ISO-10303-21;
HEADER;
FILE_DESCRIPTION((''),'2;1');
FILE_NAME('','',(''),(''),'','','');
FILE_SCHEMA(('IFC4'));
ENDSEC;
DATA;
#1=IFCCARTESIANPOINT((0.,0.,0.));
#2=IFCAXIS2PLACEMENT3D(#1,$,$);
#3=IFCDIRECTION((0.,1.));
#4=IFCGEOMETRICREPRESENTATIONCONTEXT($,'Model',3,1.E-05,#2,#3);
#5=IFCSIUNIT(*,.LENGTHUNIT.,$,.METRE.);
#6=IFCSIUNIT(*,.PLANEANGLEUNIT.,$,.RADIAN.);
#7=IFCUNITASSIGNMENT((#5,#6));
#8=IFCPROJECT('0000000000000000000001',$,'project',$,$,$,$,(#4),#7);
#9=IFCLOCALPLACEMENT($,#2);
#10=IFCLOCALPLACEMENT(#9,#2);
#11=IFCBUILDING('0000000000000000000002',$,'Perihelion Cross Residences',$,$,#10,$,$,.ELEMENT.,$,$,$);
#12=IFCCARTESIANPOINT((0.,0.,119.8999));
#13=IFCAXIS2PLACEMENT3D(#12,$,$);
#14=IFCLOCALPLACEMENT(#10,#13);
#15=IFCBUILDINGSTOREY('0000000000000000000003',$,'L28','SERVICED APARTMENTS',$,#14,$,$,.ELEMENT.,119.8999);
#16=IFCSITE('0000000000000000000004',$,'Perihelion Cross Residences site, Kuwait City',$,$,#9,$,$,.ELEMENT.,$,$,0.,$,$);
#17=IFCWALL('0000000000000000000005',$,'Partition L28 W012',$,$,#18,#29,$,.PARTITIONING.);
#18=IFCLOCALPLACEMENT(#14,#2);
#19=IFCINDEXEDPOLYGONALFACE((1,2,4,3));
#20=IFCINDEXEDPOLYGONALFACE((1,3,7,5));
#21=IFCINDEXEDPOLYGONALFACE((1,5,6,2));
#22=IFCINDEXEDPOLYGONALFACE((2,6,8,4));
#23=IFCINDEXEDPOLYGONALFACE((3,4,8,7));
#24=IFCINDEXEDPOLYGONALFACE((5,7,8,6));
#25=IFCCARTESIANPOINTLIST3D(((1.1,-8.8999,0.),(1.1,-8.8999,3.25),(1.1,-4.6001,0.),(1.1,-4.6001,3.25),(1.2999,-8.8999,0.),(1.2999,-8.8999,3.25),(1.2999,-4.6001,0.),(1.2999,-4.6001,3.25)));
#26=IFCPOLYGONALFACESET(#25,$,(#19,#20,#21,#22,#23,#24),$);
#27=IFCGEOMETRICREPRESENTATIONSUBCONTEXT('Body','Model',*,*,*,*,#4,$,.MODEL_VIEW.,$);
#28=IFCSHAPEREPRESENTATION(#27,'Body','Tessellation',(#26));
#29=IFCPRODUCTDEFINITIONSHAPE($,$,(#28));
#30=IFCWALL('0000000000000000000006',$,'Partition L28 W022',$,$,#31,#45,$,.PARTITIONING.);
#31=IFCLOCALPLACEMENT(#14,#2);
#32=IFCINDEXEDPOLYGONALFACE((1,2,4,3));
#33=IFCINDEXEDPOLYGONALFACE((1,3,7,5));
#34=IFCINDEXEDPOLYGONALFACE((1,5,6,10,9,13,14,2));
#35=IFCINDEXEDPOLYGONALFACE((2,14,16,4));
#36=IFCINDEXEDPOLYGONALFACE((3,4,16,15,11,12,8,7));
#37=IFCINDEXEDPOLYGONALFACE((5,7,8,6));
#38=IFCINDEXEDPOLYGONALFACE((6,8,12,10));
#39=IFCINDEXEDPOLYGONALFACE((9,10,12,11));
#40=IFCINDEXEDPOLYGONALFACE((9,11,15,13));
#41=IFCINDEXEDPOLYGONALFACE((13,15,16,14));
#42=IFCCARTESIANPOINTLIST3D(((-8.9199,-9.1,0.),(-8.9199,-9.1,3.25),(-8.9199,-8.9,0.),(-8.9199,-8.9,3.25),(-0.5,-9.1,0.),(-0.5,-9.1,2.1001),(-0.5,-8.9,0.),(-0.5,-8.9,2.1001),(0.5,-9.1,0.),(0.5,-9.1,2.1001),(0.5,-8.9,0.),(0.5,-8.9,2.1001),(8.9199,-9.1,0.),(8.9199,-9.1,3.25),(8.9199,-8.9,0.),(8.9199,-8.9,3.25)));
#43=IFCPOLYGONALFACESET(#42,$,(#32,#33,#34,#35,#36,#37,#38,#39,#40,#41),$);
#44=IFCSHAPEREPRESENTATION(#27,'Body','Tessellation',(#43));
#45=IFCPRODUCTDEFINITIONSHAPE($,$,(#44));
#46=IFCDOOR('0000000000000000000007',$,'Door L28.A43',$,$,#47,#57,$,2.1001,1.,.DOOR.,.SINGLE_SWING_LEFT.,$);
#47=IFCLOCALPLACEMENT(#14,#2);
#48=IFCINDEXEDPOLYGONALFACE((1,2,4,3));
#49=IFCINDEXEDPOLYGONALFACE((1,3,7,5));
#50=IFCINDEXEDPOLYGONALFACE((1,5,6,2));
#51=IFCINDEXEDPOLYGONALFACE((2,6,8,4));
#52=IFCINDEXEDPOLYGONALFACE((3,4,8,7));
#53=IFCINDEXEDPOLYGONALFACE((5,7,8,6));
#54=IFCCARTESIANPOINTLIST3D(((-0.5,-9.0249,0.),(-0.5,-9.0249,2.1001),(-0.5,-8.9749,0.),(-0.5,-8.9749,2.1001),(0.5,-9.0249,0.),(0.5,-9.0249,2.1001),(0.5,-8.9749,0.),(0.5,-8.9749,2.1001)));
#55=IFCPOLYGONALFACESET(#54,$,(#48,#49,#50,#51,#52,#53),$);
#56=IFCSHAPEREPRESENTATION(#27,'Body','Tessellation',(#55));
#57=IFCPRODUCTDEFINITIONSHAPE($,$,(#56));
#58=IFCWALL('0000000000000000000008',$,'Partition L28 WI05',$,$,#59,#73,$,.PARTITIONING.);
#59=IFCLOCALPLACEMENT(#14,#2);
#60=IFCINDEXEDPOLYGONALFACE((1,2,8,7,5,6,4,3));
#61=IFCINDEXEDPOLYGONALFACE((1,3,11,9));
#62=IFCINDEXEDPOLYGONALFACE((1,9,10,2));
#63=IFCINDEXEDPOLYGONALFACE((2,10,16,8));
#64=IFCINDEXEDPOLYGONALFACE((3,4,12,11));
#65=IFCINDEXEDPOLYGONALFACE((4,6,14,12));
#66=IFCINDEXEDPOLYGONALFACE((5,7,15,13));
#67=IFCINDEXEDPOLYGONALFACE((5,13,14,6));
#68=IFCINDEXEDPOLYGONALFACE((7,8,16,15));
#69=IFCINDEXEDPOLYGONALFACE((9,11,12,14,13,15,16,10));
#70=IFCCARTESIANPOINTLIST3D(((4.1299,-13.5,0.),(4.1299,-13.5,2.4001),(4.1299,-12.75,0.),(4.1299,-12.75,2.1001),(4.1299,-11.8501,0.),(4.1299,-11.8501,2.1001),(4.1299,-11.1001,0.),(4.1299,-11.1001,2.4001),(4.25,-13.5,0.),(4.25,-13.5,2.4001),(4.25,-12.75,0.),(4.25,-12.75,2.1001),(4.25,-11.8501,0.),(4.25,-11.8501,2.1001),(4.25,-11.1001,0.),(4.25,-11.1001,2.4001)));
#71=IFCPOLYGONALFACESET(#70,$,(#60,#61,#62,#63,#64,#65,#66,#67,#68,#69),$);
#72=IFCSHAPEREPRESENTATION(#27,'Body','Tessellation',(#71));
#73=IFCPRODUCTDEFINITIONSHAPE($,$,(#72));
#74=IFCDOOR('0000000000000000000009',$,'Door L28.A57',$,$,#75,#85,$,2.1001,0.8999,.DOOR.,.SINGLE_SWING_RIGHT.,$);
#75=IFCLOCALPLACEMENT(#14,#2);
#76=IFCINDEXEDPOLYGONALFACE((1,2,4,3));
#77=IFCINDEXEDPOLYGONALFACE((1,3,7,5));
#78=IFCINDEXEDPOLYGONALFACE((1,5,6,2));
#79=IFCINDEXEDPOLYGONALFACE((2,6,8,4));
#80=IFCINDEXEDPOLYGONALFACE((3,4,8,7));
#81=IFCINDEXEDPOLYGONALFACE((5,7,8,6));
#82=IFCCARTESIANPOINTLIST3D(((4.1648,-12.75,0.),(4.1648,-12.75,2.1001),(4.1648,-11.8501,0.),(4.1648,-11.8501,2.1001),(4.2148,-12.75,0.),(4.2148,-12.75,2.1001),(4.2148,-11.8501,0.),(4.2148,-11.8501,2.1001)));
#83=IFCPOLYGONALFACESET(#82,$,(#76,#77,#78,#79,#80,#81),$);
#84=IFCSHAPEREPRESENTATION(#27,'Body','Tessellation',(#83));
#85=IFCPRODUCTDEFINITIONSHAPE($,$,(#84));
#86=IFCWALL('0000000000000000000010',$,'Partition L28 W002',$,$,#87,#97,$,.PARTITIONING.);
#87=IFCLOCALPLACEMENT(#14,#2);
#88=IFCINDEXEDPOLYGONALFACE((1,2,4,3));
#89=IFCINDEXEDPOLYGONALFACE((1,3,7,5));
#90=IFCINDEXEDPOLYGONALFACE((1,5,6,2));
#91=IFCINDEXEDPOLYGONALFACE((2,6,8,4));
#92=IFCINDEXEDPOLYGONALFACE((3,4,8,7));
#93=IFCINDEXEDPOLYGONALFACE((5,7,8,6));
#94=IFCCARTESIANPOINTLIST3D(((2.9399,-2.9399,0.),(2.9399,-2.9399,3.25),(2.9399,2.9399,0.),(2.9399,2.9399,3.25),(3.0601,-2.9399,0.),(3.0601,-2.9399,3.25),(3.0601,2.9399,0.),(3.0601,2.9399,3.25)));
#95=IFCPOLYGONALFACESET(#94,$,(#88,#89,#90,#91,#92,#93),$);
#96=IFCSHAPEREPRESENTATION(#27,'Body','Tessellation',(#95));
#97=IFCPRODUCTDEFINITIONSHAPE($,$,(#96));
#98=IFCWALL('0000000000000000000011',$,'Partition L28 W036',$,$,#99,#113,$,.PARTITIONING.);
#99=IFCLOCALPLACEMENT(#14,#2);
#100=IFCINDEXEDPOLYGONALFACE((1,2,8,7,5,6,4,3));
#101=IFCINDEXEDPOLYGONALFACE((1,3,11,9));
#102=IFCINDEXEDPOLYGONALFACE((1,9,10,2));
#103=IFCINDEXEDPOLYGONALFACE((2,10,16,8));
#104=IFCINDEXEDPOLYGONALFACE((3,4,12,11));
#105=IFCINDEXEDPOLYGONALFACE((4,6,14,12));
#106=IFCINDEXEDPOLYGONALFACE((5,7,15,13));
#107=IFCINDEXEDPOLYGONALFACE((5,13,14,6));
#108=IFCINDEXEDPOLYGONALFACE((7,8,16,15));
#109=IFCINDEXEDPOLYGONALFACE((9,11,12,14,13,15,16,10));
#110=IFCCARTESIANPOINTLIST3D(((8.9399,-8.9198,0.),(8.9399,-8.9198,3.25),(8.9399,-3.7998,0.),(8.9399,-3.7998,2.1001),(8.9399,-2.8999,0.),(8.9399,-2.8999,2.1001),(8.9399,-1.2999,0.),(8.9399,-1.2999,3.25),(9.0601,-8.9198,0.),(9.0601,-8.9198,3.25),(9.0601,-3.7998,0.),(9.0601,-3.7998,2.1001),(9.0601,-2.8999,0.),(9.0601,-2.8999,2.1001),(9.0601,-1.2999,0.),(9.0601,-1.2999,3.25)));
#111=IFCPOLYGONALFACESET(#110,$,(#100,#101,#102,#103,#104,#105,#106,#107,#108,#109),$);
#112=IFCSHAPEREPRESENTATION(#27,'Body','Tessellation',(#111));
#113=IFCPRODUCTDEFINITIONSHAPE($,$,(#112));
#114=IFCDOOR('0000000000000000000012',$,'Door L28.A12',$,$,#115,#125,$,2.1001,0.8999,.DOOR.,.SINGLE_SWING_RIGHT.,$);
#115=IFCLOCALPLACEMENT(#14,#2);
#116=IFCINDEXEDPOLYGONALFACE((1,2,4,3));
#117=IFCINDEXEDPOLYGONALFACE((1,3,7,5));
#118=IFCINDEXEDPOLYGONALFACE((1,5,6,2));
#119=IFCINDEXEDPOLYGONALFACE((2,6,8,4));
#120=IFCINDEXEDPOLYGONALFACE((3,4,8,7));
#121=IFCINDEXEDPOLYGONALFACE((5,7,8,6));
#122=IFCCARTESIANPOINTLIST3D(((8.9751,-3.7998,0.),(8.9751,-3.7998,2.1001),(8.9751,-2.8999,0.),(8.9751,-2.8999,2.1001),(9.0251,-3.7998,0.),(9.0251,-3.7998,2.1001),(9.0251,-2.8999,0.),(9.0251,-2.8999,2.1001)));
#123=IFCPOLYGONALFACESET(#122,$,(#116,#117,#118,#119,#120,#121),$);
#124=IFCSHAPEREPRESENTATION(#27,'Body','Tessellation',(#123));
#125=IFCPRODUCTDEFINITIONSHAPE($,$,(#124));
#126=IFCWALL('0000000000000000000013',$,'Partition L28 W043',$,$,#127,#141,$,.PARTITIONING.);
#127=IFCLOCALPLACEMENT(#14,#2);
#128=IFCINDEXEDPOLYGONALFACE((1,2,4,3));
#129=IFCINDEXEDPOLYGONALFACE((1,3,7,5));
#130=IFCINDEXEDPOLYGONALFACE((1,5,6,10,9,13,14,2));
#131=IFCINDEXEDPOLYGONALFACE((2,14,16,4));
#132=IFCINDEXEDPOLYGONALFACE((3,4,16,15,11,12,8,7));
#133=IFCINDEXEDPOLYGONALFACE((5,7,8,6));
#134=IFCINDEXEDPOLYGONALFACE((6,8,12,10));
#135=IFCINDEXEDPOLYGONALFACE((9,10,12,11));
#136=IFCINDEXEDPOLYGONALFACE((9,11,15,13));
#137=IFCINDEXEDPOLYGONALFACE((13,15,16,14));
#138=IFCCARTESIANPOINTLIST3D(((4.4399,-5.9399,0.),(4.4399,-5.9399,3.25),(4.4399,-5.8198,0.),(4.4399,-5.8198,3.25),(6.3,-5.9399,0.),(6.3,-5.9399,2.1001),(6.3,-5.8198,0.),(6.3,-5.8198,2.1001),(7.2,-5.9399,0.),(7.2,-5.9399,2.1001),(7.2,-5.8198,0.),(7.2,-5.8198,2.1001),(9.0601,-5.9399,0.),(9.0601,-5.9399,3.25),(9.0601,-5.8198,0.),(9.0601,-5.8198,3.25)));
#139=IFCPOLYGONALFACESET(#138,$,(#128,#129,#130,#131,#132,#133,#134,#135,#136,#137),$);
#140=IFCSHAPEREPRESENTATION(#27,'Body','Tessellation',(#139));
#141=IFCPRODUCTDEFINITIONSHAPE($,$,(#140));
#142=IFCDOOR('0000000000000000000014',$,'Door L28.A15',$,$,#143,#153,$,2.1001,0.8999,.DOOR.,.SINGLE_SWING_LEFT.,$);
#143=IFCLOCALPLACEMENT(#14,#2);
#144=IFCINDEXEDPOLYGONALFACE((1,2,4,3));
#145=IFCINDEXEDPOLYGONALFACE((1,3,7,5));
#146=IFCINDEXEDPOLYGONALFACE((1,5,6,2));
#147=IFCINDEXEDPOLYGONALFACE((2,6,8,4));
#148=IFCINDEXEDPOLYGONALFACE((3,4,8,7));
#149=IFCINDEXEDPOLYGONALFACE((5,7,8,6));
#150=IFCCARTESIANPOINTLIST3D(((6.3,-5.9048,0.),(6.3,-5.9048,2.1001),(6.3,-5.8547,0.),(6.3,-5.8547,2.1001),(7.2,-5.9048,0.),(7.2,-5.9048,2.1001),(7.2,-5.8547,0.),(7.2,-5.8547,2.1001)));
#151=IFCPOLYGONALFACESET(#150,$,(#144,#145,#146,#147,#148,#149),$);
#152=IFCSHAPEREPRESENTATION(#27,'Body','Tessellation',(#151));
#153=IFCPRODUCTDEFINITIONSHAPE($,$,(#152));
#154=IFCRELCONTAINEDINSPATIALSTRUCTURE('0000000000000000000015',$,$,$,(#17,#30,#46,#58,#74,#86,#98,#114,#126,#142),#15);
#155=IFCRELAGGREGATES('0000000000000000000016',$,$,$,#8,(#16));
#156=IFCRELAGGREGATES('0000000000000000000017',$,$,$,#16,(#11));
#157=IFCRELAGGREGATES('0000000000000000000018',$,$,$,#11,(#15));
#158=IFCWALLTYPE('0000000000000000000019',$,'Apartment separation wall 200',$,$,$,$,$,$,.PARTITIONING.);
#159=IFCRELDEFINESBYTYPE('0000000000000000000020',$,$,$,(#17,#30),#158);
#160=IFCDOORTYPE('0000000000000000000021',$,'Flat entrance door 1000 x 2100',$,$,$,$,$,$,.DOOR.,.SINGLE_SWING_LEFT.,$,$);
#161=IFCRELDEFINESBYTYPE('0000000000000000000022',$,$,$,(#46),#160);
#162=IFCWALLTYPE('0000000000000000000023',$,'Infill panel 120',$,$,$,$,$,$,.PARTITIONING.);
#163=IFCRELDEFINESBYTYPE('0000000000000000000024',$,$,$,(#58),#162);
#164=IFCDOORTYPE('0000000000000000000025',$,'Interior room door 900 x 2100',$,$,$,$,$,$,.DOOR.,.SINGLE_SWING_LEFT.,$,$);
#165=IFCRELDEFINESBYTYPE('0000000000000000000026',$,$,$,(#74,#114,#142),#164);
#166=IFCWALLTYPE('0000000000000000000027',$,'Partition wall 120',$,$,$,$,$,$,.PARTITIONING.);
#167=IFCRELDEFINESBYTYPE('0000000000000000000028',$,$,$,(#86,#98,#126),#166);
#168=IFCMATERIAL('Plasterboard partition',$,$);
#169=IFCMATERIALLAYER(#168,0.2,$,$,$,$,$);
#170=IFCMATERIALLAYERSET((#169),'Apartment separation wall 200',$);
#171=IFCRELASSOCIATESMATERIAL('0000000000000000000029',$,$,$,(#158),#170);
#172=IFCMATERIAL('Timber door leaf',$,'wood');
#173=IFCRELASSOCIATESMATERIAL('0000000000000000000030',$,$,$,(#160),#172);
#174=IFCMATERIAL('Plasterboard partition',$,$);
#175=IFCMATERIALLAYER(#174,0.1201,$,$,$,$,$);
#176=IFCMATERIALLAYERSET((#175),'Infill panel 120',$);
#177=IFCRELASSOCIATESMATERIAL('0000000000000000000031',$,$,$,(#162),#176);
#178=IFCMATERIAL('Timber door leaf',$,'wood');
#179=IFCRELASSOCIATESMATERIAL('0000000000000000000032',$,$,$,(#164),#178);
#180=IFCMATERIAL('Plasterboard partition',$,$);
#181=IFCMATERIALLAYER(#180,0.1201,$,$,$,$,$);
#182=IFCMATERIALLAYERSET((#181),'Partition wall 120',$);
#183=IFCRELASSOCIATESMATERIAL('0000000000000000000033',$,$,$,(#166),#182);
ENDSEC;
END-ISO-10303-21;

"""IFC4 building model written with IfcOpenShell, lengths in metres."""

from ifc_helpers import new_model, si_unit, direction, frame, frame_2d, origin, place, context, subcontext, project, spatial, rectangle, extrude, material, layer, layer_set, type_object, element, fill, save


model = new_model("IFC4")

# Units and contexts
model_context = context("Model", 3, precision=1e-05, world=origin(), true_north=direction((0.0, 1.0)))
body_context = subcontext(model_context, "Body", "Model", "MODEL_VIEW")
ifc_project = project(units=[si_unit("LENGTHUNIT", "METRE"), si_unit("PLANEANGLEUNIT", "RADIAN")], contexts=[model_context])

# Site, building, storey
site_placement = place(None, origin())
site = spatial("IfcSite", under=ifc_project, at=site_placement, Name="Perihelion Cross Residences site, Kuwait City", CompositionType="ELEMENT", RefElevation=0.0)
building_placement = place(site_placement, origin())
building = spatial("IfcBuilding", under=site, at=building_placement, Name="Perihelion Cross Residences", CompositionType="ELEMENT")
storey_placement = place(building_placement, frame((0.0, 0.0, 119.8999)))
storey = spatial("IfcBuildingStorey", under=building, at=storey_placement, Name="L28", Description="SERVICED APARTMENTS", CompositionType="ELEMENT", Elevation=119.8999)

# Wall
ifc_material_1 = material(Name="Plasterboard partition")
ifc_layer_1 = layer(ifc_material_1, 0.2)
ifc_layer_set_1 = layer_set([ifc_layer_1], Name="Apartment separation wall 200")
wall_type_1 = type_object("IfcWallType", Name="Apartment separation wall 200", PredefinedType="PARTITIONING", material=ifc_layer_set_1)
wall_1_placement = place(storey_placement, frame((1.2, -4.6001, 0.0), z_axis=(0.0, 0.0, 1.0), x_axis=(0.0, -1.0, 0.0)))
element("IfcWall", 1, at=wall_1_placement, inside=storey, type_object=wall_type_1, Name="Partition L28 W012", PredefinedType="PARTITIONING", context=body_context, shape_type="SweptSolid", body=[
    extrude(rectangle(XDim=4.2998, YDim=0.2, at=frame_2d((2.1499, 0.0))), origin(), (0.0, 0.0, 1.0), 3.25),
])

# Walls, openings, doors
wall_2_placement = place(storey_placement, frame((8.9199, -9.0, 0.0), z_axis=(0.0, 0.0, 1.0), x_axis=(-1.0, 0.0, 0.0)))
wall_2 = element("IfcWall", 2, at=wall_2_placement, inside=storey, type_object=wall_type_1, Name="Partition L28 W022", PredefinedType="PARTITIONING", context=body_context, shape_type="SweptSolid", body=[
    extrude(rectangle(XDim=17.8398, YDim=0.2, at=frame_2d((8.9199, 0.0))), origin(), (0.0, 0.0, 1.0), 3.25),
])
opening_1_placement = place(wall_2_placement, frame((8.4199, 0.0, 0.0)))
opening_1 = element("IfcOpeningElement", 3, at=opening_1_placement, cuts=wall_2, PredefinedType="OPENING", context=body_context, shape_type="SweptSolid", body=[
    extrude(rectangle(XDim=1.0, YDim=2.1001, at=frame_2d((0.5, 1.05))), frame((0.0, 0.1099, 0.0), z_axis=(0.0, -1.0, 0.0), x_axis=(1.0, 0.0, 0.0)), (0.0, 0.0, 1.0), 0.22),
])
ifc_material_2 = material(Name="Timber door leaf", Category="wood")
door_type_1 = type_object("IfcDoorType", Name="Flat entrance door 1000 x 2100", OperationType="SINGLE_SWING_LEFT", PredefinedType="DOOR", material=ifc_material_2)
door_1_placement = place(opening_1_placement, origin())
door_1 = element("IfcDoor", 4, at=door_1_placement, inside=storey, type_object=door_type_1, Name="Door L28.A43", OperationType="SINGLE_SWING_LEFT", OverallHeight=2.1001, OverallWidth=1.0, PredefinedType="DOOR", context=body_context, shape_type="SweptSolid", body=[
    extrude(rectangle(XDim=1.0, YDim=2.1001, at=frame_2d((0.5, 1.05))), frame((0.0, 0.0249, 0.0), z_axis=(0.0, -1.0, 0.0), x_axis=(1.0, 0.0, 0.0)), (0.0, 0.0, 1.0), 0.05),
])
fill(opening_1, door_1)
ifc_material_3 = material(Name="Plasterboard partition")
ifc_layer_2 = layer(ifc_material_3, 0.1201)
ifc_layer_set_2 = layer_set([ifc_layer_2], Name="Infill panel 120")
wall_type_2 = type_object("IfcWallType", Name="Infill panel 120", PredefinedType="PARTITIONING", material=ifc_layer_set_2)
wall_3_placement = place(storey_placement, frame((4.1899, -11.1001, 0.0), z_axis=(0.0, 0.0, 1.0), x_axis=(0.0, -1.0, 0.0)))
wall_3 = element("IfcWall", 5, at=wall_3_placement, inside=storey, type_object=wall_type_2, Name="Partition L28 WI05", PredefinedType="PARTITIONING", context=body_context, shape_type="SweptSolid", body=[
    extrude(rectangle(XDim=2.3999, YDim=0.1201, at=frame_2d((1.2, 0.0))), origin(), (0.0, 0.0, 1.0), 2.4001),
])
opening_2_placement = place(wall_3_placement, frame((0.75, 0.0, 0.0)))
opening_2 = element("IfcOpeningElement", 6, at=opening_2_placement, cuts=wall_3, PredefinedType="OPENING", context=body_context, shape_type="SweptSolid", body=[
    extrude(rectangle(XDim=0.8999, YDim=2.1001, at=frame_2d((0.45, 1.05))), frame((0.0, 0.0701, 0.0), z_axis=(0.0, -1.0, 0.0), x_axis=(1.0, 0.0, 0.0)), (0.0, 0.0, 1.0), 0.1401),
])
ifc_material_4 = material(Name="Timber door leaf", Category="wood")
door_type_2 = type_object("IfcDoorType", Name="Interior room door 900 x 2100", OperationType="SINGLE_SWING_LEFT", PredefinedType="DOOR", material=ifc_material_4)
door_2_placement = place(opening_2_placement, origin())
door_2 = element("IfcDoor", 7, at=door_2_placement, inside=storey, type_object=door_type_2, Name="Door L28.A57", OperationType="SINGLE_SWING_RIGHT", OverallHeight=2.1001, OverallWidth=0.8999, PredefinedType="DOOR", context=body_context, shape_type="SweptSolid", body=[
    extrude(rectangle(XDim=0.8999, YDim=2.1001, at=frame_2d((0.45, 1.05))), frame((0.0, 0.0249, 0.0), z_axis=(0.0, -1.0, 0.0), x_axis=(1.0, 0.0, 0.0)), (0.0, 0.0, 1.0), 0.05),
])
fill(opening_2, door_2)

# Wall
ifc_material_5 = material(Name="Plasterboard partition")
ifc_layer_3 = layer(ifc_material_5, 0.1201)
ifc_layer_set_3 = layer_set([ifc_layer_3], Name="Partition wall 120")
wall_type_3 = type_object("IfcWallType", Name="Partition wall 120", PredefinedType="PARTITIONING", material=ifc_layer_set_3)
wall_4_placement = place(storey_placement, frame((3.0, -2.9399, 0.0), z_axis=(0.0, 0.0, 1.0), x_axis=(0.0, 1.0, 0.0)))
element("IfcWall", 8, at=wall_4_placement, inside=storey, type_object=wall_type_3, Name="Partition L28 W002", PredefinedType="PARTITIONING", context=body_context, shape_type="SweptSolid", body=[
    extrude(rectangle(XDim=5.8799, YDim=0.1201, at=frame_2d((2.9399, 0.0))), origin(), (0.0, 0.0, 1.0), 3.25),
])

# Walls, openings, doors
wall_5_placement = place(storey_placement, frame((9.0, -8.9199, 0.0), z_axis=(0.0, 0.0, 1.0), x_axis=(0.0, 1.0, 0.0)))
wall_5 = element("IfcWall", 9, at=wall_5_placement, inside=storey, type_object=wall_type_3, Name="Partition L28 W036", PredefinedType="PARTITIONING", context=body_context, shape_type="SweptSolid", body=[
    extrude(rectangle(XDim=7.6199, YDim=0.1201, at=frame_2d((3.8101, 0.0))), origin(), (0.0, 0.0, 1.0), 3.25),
])
opening_3_placement = place(wall_5_placement, frame((5.1201, 0.0, 0.0)))
opening_3 = element("IfcOpeningElement", 10, at=opening_3_placement, cuts=wall_5, PredefinedType="OPENING", context=body_context, shape_type="SweptSolid", body=[
    extrude(rectangle(XDim=0.8999, YDim=2.1001, at=frame_2d((0.45, 1.05))), frame((0.0, 0.0701, 0.0), z_axis=(0.0, -1.0, 0.0), x_axis=(1.0, 0.0, 0.0)), (0.0, 0.0, 1.0), 0.1401),
])
door_3_placement = place(opening_3_placement, origin())
door_3 = element("IfcDoor", 11, at=door_3_placement, inside=storey, type_object=door_type_2, Name="Door L28.A12", OperationType="SINGLE_SWING_RIGHT", OverallHeight=2.1001, OverallWidth=0.8999, PredefinedType="DOOR", context=body_context, shape_type="SweptSolid", body=[
    extrude(rectangle(XDim=0.8999, YDim=2.1001, at=frame_2d((0.45, 1.05))), frame((0.0, 0.0249, 0.0), z_axis=(0.0, -1.0, 0.0), x_axis=(1.0, 0.0, 0.0)), (0.0, 0.0, 1.0), 0.05),
])
fill(opening_3, door_3)
wall_6_placement = place(storey_placement, frame((9.0601, -5.8799, 0.0), z_axis=(0.0, 0.0, 1.0), x_axis=(-1.0, 0.0, 0.0)))
wall_6 = element("IfcWall", 12, at=wall_6_placement, inside=storey, type_object=wall_type_3, Name="Partition L28 W043", PredefinedType="PARTITIONING", context=body_context, shape_type="SweptSolid", body=[
    extrude(rectangle(XDim=4.6201, YDim=0.1201, at=frame_2d((2.3101, 0.0))), origin(), (0.0, 0.0, 1.0), 3.25),
])
opening_4_placement = place(wall_6_placement, frame((1.8601, 0.0, 0.0)))
opening_4 = element("IfcOpeningElement", 13, at=opening_4_placement, cuts=wall_6, PredefinedType="OPENING", context=body_context, shape_type="SweptSolid", body=[
    extrude(rectangle(XDim=0.8999, YDim=2.1001, at=frame_2d((0.45, 1.05))), frame((0.0, 0.0701, 0.0), z_axis=(0.0, -1.0, 0.0), x_axis=(1.0, 0.0, 0.0)), (0.0, 0.0, 1.0), 0.1401),
])
door_4_placement = place(opening_4_placement, origin())
door_4 = element("IfcDoor", 14, at=door_4_placement, inside=storey, type_object=door_type_2, Name="Door L28.A15", OperationType="SINGLE_SWING_LEFT", OverallHeight=2.1001, OverallWidth=0.8999, PredefinedType="DOOR", context=body_context, shape_type="SweptSolid", body=[
    extrude(rectangle(XDim=0.8999, YDim=2.1001, at=frame_2d((0.45, 1.05))), frame((0.0, 0.0249, 0.0), z_axis=(0.0, -1.0, 0.0), x_axis=(1.0, 0.0, 0.0)), (0.0, 0.0, 1.0), 0.05),
])
fill(opening_4, door_4)

save(model, "model.ifc")
